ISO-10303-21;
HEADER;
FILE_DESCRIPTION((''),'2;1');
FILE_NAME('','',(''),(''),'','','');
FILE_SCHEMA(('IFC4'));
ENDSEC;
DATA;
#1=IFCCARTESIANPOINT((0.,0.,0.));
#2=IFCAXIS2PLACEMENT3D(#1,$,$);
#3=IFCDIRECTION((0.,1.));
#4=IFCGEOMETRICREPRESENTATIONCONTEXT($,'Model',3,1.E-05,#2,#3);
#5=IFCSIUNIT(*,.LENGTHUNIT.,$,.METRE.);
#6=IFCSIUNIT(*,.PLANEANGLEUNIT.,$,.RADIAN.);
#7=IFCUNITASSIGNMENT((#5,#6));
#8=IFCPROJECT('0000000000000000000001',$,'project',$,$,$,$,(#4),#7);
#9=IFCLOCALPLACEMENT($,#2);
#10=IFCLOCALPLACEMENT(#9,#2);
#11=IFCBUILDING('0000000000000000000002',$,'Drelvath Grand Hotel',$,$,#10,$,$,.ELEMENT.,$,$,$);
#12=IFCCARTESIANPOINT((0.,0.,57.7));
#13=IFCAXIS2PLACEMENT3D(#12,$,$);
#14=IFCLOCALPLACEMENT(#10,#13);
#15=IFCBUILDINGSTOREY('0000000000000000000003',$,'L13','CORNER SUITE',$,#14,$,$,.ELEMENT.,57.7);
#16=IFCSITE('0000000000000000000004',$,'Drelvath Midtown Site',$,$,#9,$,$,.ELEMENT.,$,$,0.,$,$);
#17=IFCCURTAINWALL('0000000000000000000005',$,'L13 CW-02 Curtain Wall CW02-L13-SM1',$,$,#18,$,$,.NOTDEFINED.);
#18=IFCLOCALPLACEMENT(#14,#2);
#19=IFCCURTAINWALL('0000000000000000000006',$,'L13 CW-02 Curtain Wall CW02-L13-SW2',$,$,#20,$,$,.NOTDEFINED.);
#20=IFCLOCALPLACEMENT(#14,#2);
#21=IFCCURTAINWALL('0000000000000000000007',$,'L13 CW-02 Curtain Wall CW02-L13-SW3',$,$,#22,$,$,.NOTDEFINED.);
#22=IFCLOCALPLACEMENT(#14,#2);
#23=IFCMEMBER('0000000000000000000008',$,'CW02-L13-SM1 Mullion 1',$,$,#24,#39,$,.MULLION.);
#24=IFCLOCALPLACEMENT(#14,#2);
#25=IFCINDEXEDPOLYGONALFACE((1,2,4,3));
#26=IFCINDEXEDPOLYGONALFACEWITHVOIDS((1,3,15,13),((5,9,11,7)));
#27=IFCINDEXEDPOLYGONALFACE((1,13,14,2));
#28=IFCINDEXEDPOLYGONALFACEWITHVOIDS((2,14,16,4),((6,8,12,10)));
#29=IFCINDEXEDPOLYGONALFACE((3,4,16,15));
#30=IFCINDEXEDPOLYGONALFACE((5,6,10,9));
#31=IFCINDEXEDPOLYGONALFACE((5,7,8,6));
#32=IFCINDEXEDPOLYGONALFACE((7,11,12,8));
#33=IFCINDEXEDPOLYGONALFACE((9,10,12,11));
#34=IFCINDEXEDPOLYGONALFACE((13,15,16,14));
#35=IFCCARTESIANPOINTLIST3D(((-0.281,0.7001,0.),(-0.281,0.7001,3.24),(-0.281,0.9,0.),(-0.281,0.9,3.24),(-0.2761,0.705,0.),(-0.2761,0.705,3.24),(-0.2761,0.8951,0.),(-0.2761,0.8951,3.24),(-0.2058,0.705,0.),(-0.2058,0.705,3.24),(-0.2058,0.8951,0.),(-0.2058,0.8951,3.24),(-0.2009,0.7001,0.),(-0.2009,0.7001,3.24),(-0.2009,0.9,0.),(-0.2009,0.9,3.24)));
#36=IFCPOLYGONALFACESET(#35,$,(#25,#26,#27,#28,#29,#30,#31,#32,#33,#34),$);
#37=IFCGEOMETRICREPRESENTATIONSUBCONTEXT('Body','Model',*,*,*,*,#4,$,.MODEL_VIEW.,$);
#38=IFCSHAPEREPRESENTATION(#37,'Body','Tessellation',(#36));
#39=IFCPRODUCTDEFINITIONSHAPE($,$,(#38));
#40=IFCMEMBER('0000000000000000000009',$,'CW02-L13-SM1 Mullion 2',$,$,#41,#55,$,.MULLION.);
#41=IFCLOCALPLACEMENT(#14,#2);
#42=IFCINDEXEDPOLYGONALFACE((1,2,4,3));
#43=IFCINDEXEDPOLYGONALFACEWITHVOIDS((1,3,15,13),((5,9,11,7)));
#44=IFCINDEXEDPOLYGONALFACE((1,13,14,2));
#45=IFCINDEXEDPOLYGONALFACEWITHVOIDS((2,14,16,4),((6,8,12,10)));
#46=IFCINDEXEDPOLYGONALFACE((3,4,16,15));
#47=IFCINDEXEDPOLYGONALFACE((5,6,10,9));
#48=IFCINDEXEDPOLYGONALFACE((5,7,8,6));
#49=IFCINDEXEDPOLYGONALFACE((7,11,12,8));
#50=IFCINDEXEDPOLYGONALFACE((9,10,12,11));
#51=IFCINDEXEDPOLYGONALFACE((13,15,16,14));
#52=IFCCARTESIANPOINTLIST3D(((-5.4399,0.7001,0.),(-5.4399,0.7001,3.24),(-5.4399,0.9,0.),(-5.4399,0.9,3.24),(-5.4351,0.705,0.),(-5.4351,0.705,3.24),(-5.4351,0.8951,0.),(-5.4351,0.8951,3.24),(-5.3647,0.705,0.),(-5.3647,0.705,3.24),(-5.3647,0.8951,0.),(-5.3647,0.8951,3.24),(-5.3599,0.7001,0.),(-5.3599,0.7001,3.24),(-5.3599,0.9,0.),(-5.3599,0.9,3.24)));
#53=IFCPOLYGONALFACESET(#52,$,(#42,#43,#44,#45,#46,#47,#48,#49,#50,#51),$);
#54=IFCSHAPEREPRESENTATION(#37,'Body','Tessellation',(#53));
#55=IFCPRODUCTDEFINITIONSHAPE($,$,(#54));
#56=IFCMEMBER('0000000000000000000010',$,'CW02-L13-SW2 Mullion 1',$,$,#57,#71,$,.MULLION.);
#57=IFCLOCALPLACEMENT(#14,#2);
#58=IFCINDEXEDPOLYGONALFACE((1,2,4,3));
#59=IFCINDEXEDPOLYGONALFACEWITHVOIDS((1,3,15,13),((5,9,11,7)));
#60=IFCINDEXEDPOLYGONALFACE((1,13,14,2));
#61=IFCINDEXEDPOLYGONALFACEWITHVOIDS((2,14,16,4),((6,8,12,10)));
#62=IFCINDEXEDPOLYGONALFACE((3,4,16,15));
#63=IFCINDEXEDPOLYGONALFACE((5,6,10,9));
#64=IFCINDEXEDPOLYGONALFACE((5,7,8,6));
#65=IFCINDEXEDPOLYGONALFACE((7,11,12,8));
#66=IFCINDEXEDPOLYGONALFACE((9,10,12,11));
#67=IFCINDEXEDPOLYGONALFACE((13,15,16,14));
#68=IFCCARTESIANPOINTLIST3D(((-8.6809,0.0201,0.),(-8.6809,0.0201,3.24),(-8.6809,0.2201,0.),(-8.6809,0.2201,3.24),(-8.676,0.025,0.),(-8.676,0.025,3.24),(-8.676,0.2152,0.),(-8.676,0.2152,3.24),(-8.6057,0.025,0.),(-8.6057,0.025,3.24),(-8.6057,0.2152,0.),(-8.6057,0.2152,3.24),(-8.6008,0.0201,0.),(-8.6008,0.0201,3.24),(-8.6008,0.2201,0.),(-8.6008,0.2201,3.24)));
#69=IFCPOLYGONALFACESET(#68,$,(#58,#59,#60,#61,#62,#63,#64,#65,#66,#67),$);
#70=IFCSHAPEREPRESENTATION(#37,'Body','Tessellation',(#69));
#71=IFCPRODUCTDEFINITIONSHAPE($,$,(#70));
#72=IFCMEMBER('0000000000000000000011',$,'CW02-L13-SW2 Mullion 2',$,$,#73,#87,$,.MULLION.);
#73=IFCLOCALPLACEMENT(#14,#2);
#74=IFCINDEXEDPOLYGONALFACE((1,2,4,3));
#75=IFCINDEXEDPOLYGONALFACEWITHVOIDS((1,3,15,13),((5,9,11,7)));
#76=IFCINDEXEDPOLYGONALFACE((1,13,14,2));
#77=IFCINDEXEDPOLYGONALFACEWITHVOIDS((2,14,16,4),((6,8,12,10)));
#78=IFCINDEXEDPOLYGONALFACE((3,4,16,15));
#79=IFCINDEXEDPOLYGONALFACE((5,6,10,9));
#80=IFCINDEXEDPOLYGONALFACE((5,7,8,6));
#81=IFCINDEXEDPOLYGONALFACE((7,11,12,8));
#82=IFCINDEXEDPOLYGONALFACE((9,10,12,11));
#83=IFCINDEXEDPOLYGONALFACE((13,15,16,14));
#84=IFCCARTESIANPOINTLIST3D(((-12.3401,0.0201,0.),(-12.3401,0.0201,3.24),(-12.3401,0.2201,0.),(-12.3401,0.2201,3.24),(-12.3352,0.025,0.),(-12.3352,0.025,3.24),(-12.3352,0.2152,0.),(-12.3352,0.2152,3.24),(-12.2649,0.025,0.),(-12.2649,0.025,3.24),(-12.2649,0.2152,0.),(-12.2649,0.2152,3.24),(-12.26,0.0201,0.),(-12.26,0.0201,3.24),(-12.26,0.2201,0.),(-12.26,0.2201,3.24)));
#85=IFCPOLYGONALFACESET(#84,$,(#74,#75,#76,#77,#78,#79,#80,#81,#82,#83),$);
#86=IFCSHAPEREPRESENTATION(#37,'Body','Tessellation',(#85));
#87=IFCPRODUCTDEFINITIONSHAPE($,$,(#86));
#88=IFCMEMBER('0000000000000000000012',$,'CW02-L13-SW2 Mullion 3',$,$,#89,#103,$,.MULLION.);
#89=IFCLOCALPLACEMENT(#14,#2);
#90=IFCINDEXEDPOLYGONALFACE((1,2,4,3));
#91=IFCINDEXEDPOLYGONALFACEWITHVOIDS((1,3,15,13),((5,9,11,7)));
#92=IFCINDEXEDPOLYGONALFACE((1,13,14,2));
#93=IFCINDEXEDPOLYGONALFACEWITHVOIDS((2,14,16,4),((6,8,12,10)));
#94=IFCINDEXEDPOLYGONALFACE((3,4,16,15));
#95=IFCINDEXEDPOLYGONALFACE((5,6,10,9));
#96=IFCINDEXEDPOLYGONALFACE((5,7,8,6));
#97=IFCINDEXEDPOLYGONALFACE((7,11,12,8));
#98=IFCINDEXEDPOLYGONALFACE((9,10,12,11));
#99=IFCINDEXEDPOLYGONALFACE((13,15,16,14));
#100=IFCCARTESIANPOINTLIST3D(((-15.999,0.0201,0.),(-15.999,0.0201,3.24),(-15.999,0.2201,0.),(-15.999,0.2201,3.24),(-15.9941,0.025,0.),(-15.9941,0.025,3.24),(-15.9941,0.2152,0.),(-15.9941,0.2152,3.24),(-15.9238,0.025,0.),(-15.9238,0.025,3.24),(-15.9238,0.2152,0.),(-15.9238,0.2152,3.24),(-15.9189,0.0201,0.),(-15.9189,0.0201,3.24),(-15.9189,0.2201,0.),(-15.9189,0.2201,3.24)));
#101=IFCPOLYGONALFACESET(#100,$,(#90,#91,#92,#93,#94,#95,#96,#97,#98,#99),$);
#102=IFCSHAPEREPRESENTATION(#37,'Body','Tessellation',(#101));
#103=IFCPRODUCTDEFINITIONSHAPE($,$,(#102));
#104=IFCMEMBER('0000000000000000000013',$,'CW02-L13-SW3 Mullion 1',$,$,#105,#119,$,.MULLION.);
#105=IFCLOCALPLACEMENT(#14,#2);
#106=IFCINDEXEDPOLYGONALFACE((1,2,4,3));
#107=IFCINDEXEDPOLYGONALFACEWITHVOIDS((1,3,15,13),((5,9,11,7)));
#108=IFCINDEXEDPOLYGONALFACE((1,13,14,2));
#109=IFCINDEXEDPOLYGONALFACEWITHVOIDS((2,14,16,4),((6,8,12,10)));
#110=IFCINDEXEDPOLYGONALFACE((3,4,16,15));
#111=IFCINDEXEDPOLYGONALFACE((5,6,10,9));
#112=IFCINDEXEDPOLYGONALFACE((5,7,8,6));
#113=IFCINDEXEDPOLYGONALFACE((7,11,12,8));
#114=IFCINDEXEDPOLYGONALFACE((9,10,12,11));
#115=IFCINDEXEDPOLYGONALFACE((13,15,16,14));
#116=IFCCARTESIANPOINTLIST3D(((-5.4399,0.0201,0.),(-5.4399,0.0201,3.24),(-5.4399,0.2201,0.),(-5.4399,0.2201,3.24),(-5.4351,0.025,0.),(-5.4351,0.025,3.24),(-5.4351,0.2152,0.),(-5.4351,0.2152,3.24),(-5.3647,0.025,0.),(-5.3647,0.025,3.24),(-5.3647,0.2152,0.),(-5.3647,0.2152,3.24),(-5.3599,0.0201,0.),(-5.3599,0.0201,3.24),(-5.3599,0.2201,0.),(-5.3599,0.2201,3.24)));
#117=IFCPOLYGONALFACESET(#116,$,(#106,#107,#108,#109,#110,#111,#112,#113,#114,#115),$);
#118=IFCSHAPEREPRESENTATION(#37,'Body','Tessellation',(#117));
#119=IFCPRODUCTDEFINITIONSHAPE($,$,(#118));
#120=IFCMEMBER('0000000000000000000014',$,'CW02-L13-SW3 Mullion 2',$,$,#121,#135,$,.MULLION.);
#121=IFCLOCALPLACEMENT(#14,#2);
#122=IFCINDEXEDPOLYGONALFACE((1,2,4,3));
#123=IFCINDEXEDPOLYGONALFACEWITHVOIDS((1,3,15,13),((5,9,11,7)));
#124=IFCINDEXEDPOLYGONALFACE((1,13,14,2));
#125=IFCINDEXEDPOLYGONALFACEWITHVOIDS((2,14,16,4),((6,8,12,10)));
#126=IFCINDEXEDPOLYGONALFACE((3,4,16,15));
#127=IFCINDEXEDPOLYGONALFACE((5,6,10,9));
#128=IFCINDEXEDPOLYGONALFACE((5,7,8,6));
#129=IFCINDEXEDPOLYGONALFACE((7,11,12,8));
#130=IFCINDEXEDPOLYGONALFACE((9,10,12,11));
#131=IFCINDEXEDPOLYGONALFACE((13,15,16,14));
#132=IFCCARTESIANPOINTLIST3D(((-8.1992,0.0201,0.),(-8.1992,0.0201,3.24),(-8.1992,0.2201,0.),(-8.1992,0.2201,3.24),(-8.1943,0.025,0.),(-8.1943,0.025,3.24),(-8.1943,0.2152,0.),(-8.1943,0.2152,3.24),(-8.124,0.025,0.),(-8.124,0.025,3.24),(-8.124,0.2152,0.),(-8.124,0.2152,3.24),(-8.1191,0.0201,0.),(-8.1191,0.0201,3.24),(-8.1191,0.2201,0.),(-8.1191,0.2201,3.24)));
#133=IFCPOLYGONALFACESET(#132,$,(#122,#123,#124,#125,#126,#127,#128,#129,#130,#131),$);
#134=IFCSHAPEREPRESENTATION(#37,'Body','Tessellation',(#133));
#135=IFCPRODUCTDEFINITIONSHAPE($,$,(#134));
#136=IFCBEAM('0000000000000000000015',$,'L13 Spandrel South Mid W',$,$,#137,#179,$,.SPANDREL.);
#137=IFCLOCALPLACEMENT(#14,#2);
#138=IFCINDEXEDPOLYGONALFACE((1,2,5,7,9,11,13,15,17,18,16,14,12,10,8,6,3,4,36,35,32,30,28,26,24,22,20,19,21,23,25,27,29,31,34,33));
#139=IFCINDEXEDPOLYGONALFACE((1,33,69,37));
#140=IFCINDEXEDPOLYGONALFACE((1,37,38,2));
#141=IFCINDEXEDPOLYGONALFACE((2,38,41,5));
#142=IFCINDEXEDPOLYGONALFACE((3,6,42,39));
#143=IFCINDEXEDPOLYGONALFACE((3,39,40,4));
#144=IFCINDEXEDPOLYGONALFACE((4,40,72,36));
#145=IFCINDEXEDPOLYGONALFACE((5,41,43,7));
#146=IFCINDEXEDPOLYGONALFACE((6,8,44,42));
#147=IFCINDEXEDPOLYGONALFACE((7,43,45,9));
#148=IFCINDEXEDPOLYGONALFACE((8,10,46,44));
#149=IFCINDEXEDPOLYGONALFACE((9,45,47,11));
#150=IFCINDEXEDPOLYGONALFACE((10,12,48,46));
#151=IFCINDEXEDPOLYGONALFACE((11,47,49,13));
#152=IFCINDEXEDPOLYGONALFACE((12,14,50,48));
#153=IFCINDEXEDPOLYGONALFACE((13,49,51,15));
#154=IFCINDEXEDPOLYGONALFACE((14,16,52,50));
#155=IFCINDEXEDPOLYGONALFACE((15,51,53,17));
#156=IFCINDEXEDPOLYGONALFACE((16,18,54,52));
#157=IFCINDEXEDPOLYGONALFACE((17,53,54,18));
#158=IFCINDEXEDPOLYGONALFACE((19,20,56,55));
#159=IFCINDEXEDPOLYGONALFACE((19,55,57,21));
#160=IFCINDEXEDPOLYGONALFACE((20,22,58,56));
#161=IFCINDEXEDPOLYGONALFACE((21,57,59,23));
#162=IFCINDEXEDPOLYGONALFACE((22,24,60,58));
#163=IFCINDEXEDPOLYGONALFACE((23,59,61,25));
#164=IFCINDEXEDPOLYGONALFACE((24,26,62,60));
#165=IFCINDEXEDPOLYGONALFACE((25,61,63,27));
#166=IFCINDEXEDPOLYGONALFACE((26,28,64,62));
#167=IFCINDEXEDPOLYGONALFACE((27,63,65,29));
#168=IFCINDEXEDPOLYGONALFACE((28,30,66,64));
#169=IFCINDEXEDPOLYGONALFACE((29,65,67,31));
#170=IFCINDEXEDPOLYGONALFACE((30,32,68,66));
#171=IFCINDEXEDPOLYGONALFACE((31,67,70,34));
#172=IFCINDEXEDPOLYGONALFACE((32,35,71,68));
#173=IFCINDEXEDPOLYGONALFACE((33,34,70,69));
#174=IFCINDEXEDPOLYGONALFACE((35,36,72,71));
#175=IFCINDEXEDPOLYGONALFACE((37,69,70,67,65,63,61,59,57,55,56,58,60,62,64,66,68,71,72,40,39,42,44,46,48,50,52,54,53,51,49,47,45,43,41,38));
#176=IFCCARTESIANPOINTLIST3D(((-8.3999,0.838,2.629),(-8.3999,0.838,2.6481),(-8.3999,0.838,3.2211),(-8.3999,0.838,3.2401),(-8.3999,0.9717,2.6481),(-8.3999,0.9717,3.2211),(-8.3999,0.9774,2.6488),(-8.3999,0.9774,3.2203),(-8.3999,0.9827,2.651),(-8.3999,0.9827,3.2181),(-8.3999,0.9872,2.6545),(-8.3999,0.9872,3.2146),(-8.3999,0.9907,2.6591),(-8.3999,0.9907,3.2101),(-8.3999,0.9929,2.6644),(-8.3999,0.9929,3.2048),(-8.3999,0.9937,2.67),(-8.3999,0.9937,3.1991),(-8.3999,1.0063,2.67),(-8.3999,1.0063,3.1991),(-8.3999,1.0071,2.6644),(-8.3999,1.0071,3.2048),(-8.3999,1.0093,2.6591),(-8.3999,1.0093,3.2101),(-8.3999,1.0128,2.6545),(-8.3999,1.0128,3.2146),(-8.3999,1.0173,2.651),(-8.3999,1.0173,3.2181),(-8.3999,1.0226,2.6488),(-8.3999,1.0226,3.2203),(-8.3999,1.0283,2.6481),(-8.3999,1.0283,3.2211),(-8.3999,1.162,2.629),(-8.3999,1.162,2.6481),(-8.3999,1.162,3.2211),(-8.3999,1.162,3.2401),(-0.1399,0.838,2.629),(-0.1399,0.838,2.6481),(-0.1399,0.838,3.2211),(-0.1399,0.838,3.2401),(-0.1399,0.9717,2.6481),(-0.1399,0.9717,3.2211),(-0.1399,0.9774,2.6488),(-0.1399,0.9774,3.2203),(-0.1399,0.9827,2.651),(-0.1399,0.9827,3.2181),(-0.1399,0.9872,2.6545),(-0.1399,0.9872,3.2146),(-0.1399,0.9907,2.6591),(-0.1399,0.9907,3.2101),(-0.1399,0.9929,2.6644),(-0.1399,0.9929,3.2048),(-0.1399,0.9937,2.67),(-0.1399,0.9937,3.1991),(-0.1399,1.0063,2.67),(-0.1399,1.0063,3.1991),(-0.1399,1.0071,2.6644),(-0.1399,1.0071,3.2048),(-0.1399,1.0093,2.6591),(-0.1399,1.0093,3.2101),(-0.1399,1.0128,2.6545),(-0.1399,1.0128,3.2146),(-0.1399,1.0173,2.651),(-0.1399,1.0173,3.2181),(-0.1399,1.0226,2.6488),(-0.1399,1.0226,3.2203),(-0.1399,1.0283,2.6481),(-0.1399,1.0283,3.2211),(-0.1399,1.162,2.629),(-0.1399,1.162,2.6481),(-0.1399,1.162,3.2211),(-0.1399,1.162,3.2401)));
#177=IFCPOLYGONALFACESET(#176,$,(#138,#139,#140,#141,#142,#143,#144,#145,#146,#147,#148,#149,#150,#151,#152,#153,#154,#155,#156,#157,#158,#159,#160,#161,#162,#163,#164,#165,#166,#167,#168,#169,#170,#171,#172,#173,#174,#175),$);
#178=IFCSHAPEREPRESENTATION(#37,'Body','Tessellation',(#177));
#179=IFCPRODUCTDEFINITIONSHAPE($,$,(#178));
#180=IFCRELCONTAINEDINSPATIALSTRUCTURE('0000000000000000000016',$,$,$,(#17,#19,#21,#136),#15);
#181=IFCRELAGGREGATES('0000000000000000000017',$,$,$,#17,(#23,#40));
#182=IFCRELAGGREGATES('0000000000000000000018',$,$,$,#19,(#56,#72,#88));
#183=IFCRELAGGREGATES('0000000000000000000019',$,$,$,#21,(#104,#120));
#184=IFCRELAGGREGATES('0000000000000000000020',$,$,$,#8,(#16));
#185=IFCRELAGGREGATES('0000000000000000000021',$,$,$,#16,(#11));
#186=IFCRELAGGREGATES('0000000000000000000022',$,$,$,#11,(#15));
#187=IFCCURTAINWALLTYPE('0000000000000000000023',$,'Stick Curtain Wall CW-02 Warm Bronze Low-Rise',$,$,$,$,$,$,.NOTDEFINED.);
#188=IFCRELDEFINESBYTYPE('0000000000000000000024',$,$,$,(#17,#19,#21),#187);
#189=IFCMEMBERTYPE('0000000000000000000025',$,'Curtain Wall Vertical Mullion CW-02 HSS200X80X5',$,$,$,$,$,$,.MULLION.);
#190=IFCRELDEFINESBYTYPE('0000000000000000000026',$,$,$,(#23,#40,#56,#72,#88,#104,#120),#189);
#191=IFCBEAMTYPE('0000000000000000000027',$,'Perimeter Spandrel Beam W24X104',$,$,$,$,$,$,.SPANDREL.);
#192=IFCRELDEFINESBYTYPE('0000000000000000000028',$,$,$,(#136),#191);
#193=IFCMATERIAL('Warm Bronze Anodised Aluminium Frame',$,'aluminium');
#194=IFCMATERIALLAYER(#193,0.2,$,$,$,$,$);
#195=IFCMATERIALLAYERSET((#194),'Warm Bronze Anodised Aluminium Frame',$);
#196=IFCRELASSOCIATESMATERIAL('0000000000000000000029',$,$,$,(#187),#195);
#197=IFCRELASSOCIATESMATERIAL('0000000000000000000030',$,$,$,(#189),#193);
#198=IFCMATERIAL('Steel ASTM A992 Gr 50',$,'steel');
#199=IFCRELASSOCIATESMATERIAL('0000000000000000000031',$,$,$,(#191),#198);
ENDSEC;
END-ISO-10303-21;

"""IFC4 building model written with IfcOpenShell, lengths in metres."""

from ifc_helpers import new_model, si_unit, direction, frame, origin, origin_2d, place, context, subcontext, project, spatial, hollow_rectangle, i_section, extrude, material, layer, layer_set, material_profile, profile_set, type_object, element, aggregate, save


model = new_model("IFC4")

# Units and contexts
model_context = context("Model", 3, precision=1e-05, world=origin(), true_north=direction((0.0, 1.0)))
body_context = subcontext(model_context, "Body", "Model", "MODEL_VIEW")
ifc_project = project(units=[si_unit("LENGTHUNIT", "METRE"), si_unit("PLANEANGLEUNIT", "RADIAN")], contexts=[model_context])

# Site, building, storey
site_placement = place(None, origin())
site = spatial("IfcSite", under=ifc_project, at=site_placement, Name="Drelvath Midtown Site", CompositionType="ELEMENT", RefElevation=0.0)
building_placement = place(site_placement, origin())
building = spatial("IfcBuilding", under=site, at=building_placement, Name="Drelvath Grand Hotel", CompositionType="ELEMENT")
storey_placement = place(building_placement, frame((0.0, 0.0, 57.7)))
storey = spatial("IfcBuildingStorey", under=building, at=storey_placement, Name="L13", Description="CORNER SUITE", CompositionType="ELEMENT", Elevation=57.7)

# Shared definitions
ifc_material_1 = material(Name="Steel ASTM A992 Gr 50", Category="steel")

# Curtain walls
ifc_material_2 = material(Name="Warm Bronze Anodised Aluminium Frame", Category="aluminium")
ifc_layer_1 = layer(ifc_material_2, 0.2)
ifc_layer_set_1 = layer_set([ifc_layer_1], Name="Warm Bronze Anodised Aluminium Frame")
curtain_wall_type = type_object("IfcCurtainWallType", Name="Stick Curtain Wall CW-02 Warm Bronze Low-Rise", PredefinedType="NOTDEFINED", material=ifc_layer_set_1)
curtain_wall_1_placement = place(storey_placement, origin())
curtain_wall_1 = element("IfcCurtainWall", 1, at=curtain_wall_1_placement, inside=storey, type_object=curtain_wall_type, Name="L13 CW-02 Curtain Wall CW02-L13-SM1", PredefinedType="NOTDEFINED")
curtain_wall_2_placement = place(storey_placement, origin())
curtain_wall_2 = element("IfcCurtainWall", 2, at=curtain_wall_2_placement, inside=storey, type_object=curtain_wall_type, Name="L13 CW-02 Curtain Wall CW02-L13-SW2", PredefinedType="NOTDEFINED")
curtain_wall_3_placement = place(storey_placement, origin())
curtain_wall_3 = element("IfcCurtainWall", 3, at=curtain_wall_3_placement, inside=storey, type_object=curtain_wall_type, Name="L13 CW-02 Curtain Wall CW02-L13-SW3", PredefinedType="NOTDEFINED")

# Members
ifc_material_profile_1 = material_profile(ifc_material_2, hollow_rectangle(XDim=0.0801, YDim=0.2, WallThickness=0.0049, at=origin_2d()), Name="HSS200X80X5")
ifc_profile_set_1 = profile_set([ifc_material_profile_1], Name="Warm Bronze Anodised Aluminium Frame")
member_type_1 = type_object("IfcMemberType", Name="Curtain Wall Vertical Mullion CW-02 HSS200X80X5", PredefinedType="MULLION", material=ifc_profile_set_1)
member_1_placement = place(storey_placement, frame((-0.241, 0.8, 0.0), z_axis=(0.0, 0.0, 1.0), x_axis=(1.0, 0.0, 0.0)))
member_1 = element("IfcMember", 4, at=member_1_placement, type_object=member_type_1, Name="CW02-L13-SM1 Mullion 1", PredefinedType="MULLION", context=body_context, shape_type="SweptSolid", body=[
    extrude(hollow_rectangle(XDim=0.0801, YDim=0.2, WallThickness=0.0049, at=origin_2d()), origin(), (0.0, 0.0, 1.0), 3.24),
])
member_2_placement = place(storey_placement, frame((-5.3999, 0.8, 0.0), z_axis=(0.0, 0.0, 1.0), x_axis=(1.0, 0.0, 0.0)))
member_2 = element("IfcMember", 5, at=member_2_placement, type_object=member_type_1, Name="CW02-L13-SM1 Mullion 2", PredefinedType="MULLION", context=body_context, shape_type="SweptSolid", body=[
    extrude(hollow_rectangle(XDim=0.0801, YDim=0.2, WallThickness=0.0049, at=origin_2d()), origin(), (0.0, 0.0, 1.0), 3.24),
])
member_3_placement = place(storey_placement, frame((-8.6409, 0.1201, 0.0), z_axis=(0.0, 0.0, 1.0), x_axis=(1.0, 0.0, 0.0)))
member_3 = element("IfcMember", 6, at=member_3_placement, type_object=member_type_1, Name="CW02-L13-SW2 Mullion 1", PredefinedType="MULLION", context=body_context, shape_type="SweptSolid", body=[
    extrude(hollow_rectangle(XDim=0.0801, YDim=0.2, WallThickness=0.0049, at=origin_2d()), origin(), (0.0, 0.0, 1.0), 3.24),
])
member_4_placement = place(storey_placement, frame((-12.3, 0.1201, 0.0), z_axis=(0.0, 0.0, 1.0), x_axis=(1.0, 0.0, 0.0)))
member_4 = element("IfcMember", 7, at=member_4_placement, type_object=member_type_1, Name="CW02-L13-SW2 Mullion 2", PredefinedType="MULLION", context=body_context, shape_type="SweptSolid", body=[
    extrude(hollow_rectangle(XDim=0.0801, YDim=0.2, WallThickness=0.0049, at=origin_2d()), origin(), (0.0, 0.0, 1.0), 3.24),
])
member_5_placement = place(storey_placement, frame((-15.959, 0.1201, 0.0), z_axis=(0.0, 0.0, 1.0), x_axis=(1.0, 0.0, 0.0)))
member_5 = element("IfcMember", 8, at=member_5_placement, type_object=member_type_1, Name="CW02-L13-SW2 Mullion 3", PredefinedType="MULLION", context=body_context, shape_type="SweptSolid", body=[
    extrude(hollow_rectangle(XDim=0.0801, YDim=0.2, WallThickness=0.0049, at=origin_2d()), origin(), (0.0, 0.0, 1.0), 3.24),
])
member_6_placement = place(storey_placement, frame((-5.3999, 0.1201, 0.0), z_axis=(0.0, 0.0, 1.0), x_axis=(1.0, 0.0, 0.0)))
member_6 = element("IfcMember", 9, at=member_6_placement, type_object=member_type_1, Name="CW02-L13-SW3 Mullion 1", PredefinedType="MULLION", context=body_context, shape_type="SweptSolid", body=[
    extrude(hollow_rectangle(XDim=0.0801, YDim=0.2, WallThickness=0.0049, at=origin_2d()), origin(), (0.0, 0.0, 1.0), 3.24),
])
member_7_placement = place(storey_placement, frame((-8.1592, 0.1201, 0.0), z_axis=(0.0, 0.0, 1.0), x_axis=(1.0, 0.0, 0.0)))
member_7 = element("IfcMember", 10, at=member_7_placement, type_object=member_type_1, Name="CW02-L13-SW3 Mullion 2", PredefinedType="MULLION", context=body_context, shape_type="SweptSolid", body=[
    extrude(hollow_rectangle(XDim=0.0801, YDim=0.2, WallThickness=0.0049, at=origin_2d()), origin(), (0.0, 0.0, 1.0), 3.24),
])

# Beam
ifc_material_profile_2 = material_profile(ifc_material_1, i_section(OverallWidth=0.324, OverallDepth=0.6111, WebThickness=0.0127, FlangeThickness=0.019, FilletRadius=0.022, at=origin_2d()), Name="W24X104")
ifc_profile_set_2 = profile_set([ifc_material_profile_2], Name="Steel ASTM A992 Gr 50")
beam_type_1 = type_object("IfcBeamType", Name="Perimeter Spandrel Beam W24X104", PredefinedType="SPANDREL", material=ifc_profile_set_2)
beam_1_placement = place(storey_placement, frame((-8.3999, 1.0, 2.9346), z_axis=(1.0, 0.0, 0.0), x_axis=(0.0, 1.0, 0.0)))
element("IfcBeam", 11, at=beam_1_placement, inside=storey, type_object=beam_type_1, Name="L13 Spandrel South Mid W", PredefinedType="SPANDREL", context=body_context, shape_type="SweptSolid", body=[
    extrude(i_section(OverallWidth=0.324, OverallDepth=0.6111, WebThickness=0.0127, FlangeThickness=0.019, FilletRadius=0.022, at=origin_2d()), origin(), (0.0, 0.0, 1.0), 8.26),
])

aggregate(curtain_wall_1, [member_1, member_2])
aggregate(curtain_wall_2, [member_3, member_4, member_5])
aggregate(curtain_wall_3, [member_6, member_7])

save(model, "model.ifc")
